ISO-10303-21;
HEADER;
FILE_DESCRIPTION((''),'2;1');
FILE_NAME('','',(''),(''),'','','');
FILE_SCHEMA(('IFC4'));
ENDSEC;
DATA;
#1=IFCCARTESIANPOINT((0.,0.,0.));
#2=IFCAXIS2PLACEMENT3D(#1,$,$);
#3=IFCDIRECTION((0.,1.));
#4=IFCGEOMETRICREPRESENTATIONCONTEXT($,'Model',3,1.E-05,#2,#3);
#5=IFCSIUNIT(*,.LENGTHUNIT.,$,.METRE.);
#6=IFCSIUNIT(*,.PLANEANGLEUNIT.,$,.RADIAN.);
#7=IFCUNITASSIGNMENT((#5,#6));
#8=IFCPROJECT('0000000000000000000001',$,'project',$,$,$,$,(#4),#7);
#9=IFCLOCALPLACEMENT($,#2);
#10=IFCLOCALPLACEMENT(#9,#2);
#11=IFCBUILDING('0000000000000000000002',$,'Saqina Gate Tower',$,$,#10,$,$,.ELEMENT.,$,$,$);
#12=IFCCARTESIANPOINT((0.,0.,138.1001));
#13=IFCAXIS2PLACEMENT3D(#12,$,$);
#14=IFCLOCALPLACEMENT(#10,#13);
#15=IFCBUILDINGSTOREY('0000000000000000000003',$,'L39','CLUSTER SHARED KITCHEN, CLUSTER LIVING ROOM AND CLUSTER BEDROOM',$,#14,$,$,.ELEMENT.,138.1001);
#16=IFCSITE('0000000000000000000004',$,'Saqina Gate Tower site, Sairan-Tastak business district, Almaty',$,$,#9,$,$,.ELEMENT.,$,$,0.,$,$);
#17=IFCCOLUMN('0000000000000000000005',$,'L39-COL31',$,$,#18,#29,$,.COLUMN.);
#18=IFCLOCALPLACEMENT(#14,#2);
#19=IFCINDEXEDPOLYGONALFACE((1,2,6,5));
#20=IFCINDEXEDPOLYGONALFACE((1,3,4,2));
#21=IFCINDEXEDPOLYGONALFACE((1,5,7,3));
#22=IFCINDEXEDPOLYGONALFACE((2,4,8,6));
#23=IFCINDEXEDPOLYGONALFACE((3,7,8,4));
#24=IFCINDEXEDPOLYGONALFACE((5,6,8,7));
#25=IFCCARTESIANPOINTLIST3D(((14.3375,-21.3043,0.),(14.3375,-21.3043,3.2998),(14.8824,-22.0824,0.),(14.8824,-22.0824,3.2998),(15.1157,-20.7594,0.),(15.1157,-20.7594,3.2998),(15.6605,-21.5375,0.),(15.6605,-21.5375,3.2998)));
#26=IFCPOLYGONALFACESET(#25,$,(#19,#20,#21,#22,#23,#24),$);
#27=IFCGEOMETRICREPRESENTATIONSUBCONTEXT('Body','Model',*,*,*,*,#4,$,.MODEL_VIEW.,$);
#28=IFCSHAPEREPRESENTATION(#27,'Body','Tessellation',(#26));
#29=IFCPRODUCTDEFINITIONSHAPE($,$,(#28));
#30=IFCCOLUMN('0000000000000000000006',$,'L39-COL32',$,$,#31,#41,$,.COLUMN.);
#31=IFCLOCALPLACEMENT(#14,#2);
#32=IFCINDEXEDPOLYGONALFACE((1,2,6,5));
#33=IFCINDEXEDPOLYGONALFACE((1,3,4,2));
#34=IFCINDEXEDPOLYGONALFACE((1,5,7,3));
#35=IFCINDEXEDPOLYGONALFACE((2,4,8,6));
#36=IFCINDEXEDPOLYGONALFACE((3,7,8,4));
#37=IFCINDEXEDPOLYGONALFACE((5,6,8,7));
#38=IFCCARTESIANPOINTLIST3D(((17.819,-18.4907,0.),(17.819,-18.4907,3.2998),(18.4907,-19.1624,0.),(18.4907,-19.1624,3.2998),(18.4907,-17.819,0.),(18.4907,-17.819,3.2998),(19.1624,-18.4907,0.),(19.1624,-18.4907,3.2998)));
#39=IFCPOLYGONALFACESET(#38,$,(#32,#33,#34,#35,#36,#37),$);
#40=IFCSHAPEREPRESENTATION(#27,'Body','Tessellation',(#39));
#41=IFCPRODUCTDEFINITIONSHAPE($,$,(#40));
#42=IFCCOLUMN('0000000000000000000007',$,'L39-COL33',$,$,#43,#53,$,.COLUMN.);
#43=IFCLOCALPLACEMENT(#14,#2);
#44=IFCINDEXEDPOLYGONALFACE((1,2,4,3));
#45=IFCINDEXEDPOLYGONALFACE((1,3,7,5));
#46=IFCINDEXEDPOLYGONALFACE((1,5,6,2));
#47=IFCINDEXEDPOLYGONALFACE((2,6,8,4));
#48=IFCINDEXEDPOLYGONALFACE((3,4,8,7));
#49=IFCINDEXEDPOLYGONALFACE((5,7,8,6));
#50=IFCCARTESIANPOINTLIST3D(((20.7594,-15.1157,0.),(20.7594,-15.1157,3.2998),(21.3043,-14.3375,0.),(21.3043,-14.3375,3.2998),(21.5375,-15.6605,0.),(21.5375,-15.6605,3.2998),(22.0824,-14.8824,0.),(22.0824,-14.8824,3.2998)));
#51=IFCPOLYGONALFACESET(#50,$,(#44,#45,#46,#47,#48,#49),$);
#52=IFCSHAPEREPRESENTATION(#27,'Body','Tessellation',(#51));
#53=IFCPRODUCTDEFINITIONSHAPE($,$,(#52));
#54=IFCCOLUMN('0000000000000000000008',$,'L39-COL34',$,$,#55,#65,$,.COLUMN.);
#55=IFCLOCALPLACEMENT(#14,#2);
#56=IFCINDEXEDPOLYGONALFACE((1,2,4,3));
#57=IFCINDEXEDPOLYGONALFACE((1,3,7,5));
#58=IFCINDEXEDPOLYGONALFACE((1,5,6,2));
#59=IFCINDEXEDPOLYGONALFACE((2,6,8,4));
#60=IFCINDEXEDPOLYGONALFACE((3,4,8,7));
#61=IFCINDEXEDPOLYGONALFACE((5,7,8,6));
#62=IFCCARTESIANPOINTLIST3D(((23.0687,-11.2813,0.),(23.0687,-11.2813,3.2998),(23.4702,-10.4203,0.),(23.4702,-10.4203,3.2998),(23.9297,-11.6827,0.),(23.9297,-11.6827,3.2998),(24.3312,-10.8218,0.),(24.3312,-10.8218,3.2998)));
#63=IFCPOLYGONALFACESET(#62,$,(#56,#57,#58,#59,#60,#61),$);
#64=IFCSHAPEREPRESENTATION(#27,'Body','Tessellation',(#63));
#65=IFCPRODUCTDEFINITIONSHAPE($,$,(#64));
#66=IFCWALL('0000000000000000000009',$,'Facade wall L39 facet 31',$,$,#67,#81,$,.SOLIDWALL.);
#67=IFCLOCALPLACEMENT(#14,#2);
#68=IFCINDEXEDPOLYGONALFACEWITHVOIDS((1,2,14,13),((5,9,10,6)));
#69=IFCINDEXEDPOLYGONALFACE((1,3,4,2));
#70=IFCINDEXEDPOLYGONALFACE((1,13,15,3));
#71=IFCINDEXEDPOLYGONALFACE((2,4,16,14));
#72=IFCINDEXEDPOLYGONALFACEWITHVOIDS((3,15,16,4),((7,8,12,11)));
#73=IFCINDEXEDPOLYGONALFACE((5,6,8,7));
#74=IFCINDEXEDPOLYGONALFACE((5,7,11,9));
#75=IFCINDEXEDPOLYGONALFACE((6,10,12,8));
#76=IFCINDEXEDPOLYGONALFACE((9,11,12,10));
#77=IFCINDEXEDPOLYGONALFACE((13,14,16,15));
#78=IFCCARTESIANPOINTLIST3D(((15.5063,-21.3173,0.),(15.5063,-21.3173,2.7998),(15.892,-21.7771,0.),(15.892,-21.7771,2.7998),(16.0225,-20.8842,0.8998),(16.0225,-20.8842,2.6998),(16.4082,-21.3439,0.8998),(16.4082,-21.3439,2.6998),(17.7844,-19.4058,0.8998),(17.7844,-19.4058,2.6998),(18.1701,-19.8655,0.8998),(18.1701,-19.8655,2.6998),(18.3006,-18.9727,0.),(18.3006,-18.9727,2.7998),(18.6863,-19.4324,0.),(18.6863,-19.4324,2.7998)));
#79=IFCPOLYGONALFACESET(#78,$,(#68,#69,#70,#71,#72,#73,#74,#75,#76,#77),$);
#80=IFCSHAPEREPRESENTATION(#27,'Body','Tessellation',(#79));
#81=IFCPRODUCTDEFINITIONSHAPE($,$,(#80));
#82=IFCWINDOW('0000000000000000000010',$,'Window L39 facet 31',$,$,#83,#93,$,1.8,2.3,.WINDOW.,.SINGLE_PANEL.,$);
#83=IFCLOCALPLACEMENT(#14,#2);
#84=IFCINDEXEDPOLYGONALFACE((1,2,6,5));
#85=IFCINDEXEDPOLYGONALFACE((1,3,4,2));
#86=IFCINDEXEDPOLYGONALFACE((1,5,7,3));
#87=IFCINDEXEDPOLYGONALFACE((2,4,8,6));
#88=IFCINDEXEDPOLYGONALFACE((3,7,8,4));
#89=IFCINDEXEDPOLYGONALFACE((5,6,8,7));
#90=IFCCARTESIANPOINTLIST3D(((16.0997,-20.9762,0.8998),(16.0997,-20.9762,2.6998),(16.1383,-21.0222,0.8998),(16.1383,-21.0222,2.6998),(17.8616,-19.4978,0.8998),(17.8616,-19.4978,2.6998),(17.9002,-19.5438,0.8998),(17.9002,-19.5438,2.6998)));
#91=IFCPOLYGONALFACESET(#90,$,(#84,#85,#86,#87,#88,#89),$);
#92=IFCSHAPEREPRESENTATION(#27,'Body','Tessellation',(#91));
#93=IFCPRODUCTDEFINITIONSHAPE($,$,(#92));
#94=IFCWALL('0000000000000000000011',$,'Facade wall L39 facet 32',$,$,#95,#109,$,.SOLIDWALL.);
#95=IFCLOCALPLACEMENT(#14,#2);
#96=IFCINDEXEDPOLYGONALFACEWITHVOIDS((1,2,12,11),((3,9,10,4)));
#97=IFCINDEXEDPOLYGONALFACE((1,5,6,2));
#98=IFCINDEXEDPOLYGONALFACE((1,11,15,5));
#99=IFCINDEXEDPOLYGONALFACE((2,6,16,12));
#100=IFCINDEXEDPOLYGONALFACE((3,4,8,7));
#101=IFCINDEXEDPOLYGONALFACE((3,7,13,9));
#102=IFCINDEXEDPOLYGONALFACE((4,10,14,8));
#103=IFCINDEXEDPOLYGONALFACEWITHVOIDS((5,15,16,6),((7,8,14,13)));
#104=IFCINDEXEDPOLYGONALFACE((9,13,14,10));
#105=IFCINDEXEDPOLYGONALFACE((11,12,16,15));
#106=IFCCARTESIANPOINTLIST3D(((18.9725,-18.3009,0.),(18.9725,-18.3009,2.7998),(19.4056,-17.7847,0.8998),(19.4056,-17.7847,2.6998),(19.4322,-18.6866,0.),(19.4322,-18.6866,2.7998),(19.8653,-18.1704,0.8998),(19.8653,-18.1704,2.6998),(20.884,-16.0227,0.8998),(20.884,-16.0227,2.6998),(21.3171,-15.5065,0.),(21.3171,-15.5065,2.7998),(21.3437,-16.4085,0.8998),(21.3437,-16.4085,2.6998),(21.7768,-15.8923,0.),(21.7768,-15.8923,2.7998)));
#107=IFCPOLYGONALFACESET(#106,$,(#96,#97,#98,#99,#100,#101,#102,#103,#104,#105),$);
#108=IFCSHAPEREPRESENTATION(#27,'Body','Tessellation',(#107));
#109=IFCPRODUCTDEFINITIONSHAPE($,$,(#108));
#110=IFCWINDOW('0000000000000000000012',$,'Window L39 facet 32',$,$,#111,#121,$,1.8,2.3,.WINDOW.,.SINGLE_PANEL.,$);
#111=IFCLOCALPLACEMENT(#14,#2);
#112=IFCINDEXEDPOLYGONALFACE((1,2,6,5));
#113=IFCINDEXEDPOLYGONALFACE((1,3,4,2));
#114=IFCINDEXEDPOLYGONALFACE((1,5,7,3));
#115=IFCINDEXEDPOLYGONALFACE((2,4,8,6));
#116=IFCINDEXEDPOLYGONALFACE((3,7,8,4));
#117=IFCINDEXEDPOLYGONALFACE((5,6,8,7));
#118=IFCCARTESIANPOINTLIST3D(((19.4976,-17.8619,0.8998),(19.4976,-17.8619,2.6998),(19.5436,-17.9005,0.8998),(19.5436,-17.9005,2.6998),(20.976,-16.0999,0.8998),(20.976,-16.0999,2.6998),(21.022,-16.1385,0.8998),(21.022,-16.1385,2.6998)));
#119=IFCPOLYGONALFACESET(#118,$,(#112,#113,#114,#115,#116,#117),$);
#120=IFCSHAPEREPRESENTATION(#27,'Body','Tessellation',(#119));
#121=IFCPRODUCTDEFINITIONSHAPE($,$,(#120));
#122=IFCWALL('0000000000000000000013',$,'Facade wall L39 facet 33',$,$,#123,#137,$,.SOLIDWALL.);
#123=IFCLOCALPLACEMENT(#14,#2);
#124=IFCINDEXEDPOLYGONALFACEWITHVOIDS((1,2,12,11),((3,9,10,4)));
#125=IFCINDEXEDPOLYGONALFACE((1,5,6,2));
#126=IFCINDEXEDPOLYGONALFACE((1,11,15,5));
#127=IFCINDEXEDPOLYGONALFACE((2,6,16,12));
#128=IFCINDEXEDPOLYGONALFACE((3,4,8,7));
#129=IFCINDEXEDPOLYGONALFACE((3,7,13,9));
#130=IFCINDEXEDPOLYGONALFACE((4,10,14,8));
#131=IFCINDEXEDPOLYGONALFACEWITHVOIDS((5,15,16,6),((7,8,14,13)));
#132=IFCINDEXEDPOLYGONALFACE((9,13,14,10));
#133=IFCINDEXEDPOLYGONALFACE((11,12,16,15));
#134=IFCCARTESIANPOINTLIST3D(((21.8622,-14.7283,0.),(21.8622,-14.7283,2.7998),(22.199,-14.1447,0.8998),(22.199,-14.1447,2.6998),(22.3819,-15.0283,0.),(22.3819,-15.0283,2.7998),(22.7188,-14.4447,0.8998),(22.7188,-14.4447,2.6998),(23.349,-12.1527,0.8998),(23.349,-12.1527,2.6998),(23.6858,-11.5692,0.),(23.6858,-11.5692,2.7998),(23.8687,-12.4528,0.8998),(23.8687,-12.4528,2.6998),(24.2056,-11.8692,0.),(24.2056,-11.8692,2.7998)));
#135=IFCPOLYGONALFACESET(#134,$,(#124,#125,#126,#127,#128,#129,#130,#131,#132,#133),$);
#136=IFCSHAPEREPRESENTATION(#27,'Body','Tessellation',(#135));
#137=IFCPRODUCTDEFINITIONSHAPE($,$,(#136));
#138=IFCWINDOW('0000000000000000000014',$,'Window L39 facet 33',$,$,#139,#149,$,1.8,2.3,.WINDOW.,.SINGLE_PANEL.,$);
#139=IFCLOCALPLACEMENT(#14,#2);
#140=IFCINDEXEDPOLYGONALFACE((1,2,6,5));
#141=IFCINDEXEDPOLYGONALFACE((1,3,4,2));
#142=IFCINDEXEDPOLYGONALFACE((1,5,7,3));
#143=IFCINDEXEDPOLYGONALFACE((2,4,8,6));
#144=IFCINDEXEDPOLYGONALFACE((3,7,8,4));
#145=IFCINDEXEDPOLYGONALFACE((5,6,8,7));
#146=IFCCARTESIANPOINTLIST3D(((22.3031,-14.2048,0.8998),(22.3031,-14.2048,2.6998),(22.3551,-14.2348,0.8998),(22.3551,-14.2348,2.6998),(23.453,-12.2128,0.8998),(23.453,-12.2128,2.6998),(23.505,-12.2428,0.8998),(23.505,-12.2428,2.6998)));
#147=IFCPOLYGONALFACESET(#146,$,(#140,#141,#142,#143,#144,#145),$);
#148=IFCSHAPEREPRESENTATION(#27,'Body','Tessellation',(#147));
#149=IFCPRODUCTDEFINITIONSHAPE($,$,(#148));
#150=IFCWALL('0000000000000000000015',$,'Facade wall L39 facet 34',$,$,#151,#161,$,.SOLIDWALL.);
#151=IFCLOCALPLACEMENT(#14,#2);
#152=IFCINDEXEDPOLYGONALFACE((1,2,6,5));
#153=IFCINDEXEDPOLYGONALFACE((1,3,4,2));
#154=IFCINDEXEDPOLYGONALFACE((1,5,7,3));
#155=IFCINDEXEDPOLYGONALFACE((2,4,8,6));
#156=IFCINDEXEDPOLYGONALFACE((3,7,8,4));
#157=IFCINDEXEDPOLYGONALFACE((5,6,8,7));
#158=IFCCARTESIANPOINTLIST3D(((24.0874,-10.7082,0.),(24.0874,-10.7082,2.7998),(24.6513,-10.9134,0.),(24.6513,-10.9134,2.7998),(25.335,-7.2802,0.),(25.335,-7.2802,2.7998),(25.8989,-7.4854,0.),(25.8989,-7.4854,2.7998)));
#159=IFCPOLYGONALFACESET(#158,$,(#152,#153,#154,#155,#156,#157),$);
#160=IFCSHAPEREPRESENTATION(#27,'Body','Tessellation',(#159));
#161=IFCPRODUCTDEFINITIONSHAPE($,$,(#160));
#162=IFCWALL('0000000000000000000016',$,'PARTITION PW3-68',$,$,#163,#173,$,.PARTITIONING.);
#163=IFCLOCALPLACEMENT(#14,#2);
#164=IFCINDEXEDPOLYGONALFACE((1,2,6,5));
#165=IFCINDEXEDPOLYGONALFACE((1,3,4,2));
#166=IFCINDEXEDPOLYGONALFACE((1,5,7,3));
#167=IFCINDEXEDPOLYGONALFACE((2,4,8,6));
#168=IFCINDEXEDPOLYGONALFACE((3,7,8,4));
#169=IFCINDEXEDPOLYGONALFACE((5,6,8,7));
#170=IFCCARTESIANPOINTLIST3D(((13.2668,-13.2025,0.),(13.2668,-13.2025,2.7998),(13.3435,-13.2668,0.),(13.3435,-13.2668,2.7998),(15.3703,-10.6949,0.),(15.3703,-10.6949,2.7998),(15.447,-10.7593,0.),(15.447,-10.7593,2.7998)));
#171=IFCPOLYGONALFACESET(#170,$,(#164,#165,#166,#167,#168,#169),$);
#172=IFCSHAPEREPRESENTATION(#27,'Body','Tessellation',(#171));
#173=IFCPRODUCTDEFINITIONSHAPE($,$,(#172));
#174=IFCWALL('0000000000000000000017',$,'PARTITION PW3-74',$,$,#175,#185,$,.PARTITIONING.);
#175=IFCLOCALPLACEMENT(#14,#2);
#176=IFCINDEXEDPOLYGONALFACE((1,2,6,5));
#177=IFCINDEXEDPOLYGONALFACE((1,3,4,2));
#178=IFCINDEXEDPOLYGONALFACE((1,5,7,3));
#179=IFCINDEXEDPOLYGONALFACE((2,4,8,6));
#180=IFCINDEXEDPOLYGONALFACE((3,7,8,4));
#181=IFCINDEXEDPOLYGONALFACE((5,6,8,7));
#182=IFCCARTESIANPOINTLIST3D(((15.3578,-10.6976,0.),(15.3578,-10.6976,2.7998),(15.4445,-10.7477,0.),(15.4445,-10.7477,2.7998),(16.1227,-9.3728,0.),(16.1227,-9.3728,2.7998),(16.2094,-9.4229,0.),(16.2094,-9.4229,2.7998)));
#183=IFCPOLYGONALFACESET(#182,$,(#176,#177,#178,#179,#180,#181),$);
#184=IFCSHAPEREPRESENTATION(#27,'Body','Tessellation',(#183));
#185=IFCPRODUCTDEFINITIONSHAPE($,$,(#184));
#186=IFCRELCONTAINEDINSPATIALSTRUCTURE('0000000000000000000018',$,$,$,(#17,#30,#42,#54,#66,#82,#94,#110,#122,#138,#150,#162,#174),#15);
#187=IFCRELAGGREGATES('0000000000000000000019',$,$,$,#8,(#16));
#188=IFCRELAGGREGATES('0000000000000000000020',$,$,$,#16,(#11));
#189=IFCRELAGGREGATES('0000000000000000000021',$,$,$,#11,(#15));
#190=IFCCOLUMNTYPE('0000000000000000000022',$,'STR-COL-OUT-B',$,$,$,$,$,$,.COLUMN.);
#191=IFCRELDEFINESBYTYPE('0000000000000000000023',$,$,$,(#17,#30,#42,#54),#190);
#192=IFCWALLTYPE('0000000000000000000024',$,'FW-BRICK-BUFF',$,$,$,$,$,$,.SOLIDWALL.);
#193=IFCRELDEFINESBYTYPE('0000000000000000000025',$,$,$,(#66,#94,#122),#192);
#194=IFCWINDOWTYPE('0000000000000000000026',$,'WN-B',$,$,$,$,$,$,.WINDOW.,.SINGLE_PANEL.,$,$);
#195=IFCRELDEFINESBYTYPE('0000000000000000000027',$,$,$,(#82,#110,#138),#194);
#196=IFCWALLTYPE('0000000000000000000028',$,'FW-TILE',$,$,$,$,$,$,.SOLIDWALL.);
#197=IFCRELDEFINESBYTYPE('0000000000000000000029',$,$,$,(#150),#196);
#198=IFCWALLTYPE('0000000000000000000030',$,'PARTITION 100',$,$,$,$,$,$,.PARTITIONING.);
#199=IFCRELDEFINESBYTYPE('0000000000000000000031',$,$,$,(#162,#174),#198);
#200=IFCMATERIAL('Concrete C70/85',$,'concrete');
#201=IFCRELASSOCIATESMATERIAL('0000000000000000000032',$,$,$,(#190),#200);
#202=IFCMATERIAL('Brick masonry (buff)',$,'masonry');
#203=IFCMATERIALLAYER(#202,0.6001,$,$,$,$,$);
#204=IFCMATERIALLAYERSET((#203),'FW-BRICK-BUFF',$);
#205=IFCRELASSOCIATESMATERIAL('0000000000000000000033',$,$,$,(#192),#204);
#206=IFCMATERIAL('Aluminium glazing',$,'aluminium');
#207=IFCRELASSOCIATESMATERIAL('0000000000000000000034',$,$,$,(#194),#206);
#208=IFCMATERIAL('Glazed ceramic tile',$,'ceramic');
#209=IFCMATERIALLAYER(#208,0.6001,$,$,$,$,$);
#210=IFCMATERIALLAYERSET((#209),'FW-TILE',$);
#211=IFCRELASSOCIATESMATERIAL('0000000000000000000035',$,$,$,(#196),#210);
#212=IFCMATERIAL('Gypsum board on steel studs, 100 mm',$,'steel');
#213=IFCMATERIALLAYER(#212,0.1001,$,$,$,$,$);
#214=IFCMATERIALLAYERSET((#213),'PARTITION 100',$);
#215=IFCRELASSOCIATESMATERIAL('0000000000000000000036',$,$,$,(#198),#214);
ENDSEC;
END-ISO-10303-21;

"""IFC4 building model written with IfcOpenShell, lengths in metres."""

from ifc_helpers import new_model, si_unit, direction, frame, frame_2d, origin, origin_2d, place, context, subcontext, project, spatial, rectangle, extrude, material, layer, layer_set, material_profile, profile_set, type_object, element, fill, save


model = new_model("IFC4")

# Units and contexts
model_context = context("Model", 3, precision=1e-05, world=origin(), true_north=direction((0.0, 1.0)))
body_context = subcontext(model_context, "Body", "Model", "MODEL_VIEW")
ifc_project = project(units=[si_unit("LENGTHUNIT", "METRE"), si_unit("PLANEANGLEUNIT", "RADIAN")], contexts=[model_context])

# Site, building, storey
site_placement = place(None, origin())
site = spatial("IfcSite", under=ifc_project, at=site_placement, Name="Saqina Gate Tower site, Sairan-Tastak business district, Almaty", CompositionType="ELEMENT", RefElevation=0.0)
building_placement = place(site_placement, origin())
building = spatial("IfcBuilding", under=site, at=building_placement, Name="Saqina Gate Tower", CompositionType="ELEMENT")
storey_placement = place(building_placement, frame((0.0, 0.0, 138.1001)))
storey = spatial("IfcBuildingStorey", under=building, at=storey_placement, Name="L39", Description="CLUSTER SHARED KITCHEN, CLUSTER LIVING ROOM AND CLUSTER BEDROOM", CompositionType="ELEMENT", Elevation=138.1001)

# Columns
ifc_material_1 = material(Name="Concrete C70/85", Category="concrete")
ifc_material_profile = material_profile(ifc_material_1, rectangle(XDim=0.95, YDim=0.95, at=origin_2d()), Name="RC 950x950")
ifc_profile_set = profile_set([ifc_material_profile], Name="Concrete C70/85")
column_type = type_object("IfcColumnType", Name="STR-COL-OUT-B", PredefinedType="COLUMN", material=ifc_profile_set)
for number, where, z_axis, x_axis, name in (
    (1, (14.999, -21.4209, 0.0), (0.0, 0.0, 1.0), (0.573576, -0.819152, 0.0), "L39-COL31"),
    (2, (18.4907, -18.4907, 0.0), (0.0, 0.0, 1.0), (0.707107, -0.707107, 0.0), "L39-COL32"),
    (3, (21.4209, -14.999, 0.0), (0.0, 0.0, 1.0), (0.819152, -0.573576, 0.0), "L39-COL33"),
    (4, (23.7, -11.0515, 0.0), (0.0, 0.0, 1.0), (0.906308, -0.422618, 0.0), "L39-COL34"),
):
    element("IfcColumn", number, at=place(storey_placement, frame(where, z_axis=z_axis, x_axis=x_axis)), inside=storey, type_object=column_type, Name=name, PredefinedType="COLUMN", context=body_context, shape_type="SweptSolid", body=[
        extrude(rectangle(XDim=0.95, YDim=0.95, at=origin_2d()), origin(), (0.0, 0.0, 1.0), 3.2998),
    ])

# Walls, openings, windows
ifc_material_2 = material(Name="Brick masonry (buff)", Category="masonry")
ifc_layer_1 = layer(ifc_material_2, 0.6001)
ifc_layer_set_1 = layer_set([ifc_layer_1], Name="FW-BRICK-BUFF")
wall_type_1 = type_object("IfcWallType", Name="FW-BRICK-BUFF", PredefinedType="SOLIDWALL", material=ifc_layer_set_1)
wall_1_placement = place(storey_placement, frame((15.6992, -21.5471, 0.0), z_axis=(0.0, 0.0, 1.0), x_axis=(0.766055, 0.642774, 0.0)))
wall_1 = element("IfcWall", 5, at=wall_1_placement, inside=storey, type_object=wall_type_1, Name="Facade wall L39 facet 31", PredefinedType="SOLIDWALL", context=body_context, shape_type="SweptSolid", body=[
    extrude(rectangle(XDim=3.6477, YDim=0.6001, at=frame_2d((1.8237, 0.0))), origin(), (0.0, 0.0, 1.0), 2.7998),
])
opening_1_placement = place(wall_1_placement, frame((0.6738, 0.0, 0.8999)))
opening_1 = element("IfcOpeningElement", 6, at=opening_1_placement, cuts=wall_1, PredefinedType="OPENING", context=body_context, shape_type="SweptSolid", body=[
    extrude(rectangle(XDim=2.3, YDim=1.8, at=frame_2d((1.1499, 0.8999))), frame((0.0, 0.312, 0.0), z_axis=(0.0, -1.0, 0.0), x_axis=(1.0, 0.0, 0.0)), (0.0, 0.0, 1.0), 0.624),
])
ifc_material_3 = material(Name="Aluminium glazing", Category="aluminium")
window_type = type_object("IfcWindowType", Name="WN-B", PartitioningType="SINGLE_PANEL", PredefinedType="WINDOW", material=ifc_material_3)
window_1_placement = place(opening_1_placement, origin())
window_1 = element("IfcWindow", 7, at=window_1_placement, inside=storey, type_object=window_type, Name="Window L39 facet 31", OverallHeight=1.8, OverallWidth=2.3, PartitioningType="SINGLE_PANEL", PredefinedType="WINDOW", context=body_context, shape_type="SweptSolid", body=[
    extrude(rectangle(XDim=2.3, YDim=1.8, at=frame_2d((1.1499, 0.8999))), frame((0.0, 0.1799, 0.0), z_axis=(0.0, -1.0, 0.0), x_axis=(1.0, 0.0, 0.0)), (0.0, 0.0, 1.0), 0.0601),
])
fill(opening_1, window_1)
wall_2_placement = place(storey_placement, frame((19.2024, -18.4937, 0.0), z_axis=(0.0, 0.0, 1.0), x_axis=(0.642774, 0.766055, 0.0)))
wall_2 = element("IfcWall", 8, at=wall_2_placement, inside=storey, type_object=wall_type_1, Name="Facade wall L39 facet 32", PredefinedType="SOLIDWALL", context=body_context, shape_type="SweptSolid", body=[
    extrude(rectangle(XDim=3.6477, YDim=0.6001, at=frame_2d((1.8237, 0.0))), origin(), (0.0, 0.0, 1.0), 2.7998),
])
opening_2_placement = place(wall_2_placement, frame((0.6738, 0.0, 0.8999)))
opening_2 = element("IfcOpeningElement", 9, at=opening_2_placement, cuts=wall_2, PredefinedType="OPENING", context=body_context, shape_type="SweptSolid", body=[
    extrude(rectangle(XDim=2.3, YDim=1.8, at=frame_2d((1.1499, 0.8999))), frame((0.0, 0.312, 0.0), z_axis=(0.0, -1.0, 0.0), x_axis=(1.0, 0.0, 0.0)), (0.0, 0.0, 1.0), 0.624),
])
window_2_placement = place(opening_2_placement, origin())
window_2 = element("IfcWindow", 10, at=window_2_placement, inside=storey, type_object=window_type, Name="Window L39 facet 32", OverallHeight=1.8, OverallWidth=2.3, PartitioningType="SINGLE_PANEL", PredefinedType="WINDOW", context=body_context, shape_type="SweptSolid", body=[
    extrude(rectangle(XDim=2.3, YDim=1.8, at=frame_2d((1.1499, 0.8999))), frame((0.0, 0.1799, 0.0), z_axis=(0.0, -1.0, 0.0), x_axis=(1.0, 0.0, 0.0)), (0.0, 0.0, 1.0), 0.0601),
])
fill(opening_2, window_2)
wall_3_placement = place(storey_placement, frame((22.1221, -14.8782, 0.0), z_axis=(0.0, 0.0, 1.0), x_axis=(0.499954, 0.866052, 0.0)))
wall_3 = element("IfcWall", 11, at=wall_3_placement, inside=storey, type_object=wall_type_1, Name="Facade wall L39 facet 33", PredefinedType="SOLIDWALL", context=body_context, shape_type="SweptSolid", body=[
    extrude(rectangle(XDim=3.6477, YDim=0.6001, at=frame_2d((1.8237, 0.0))), origin(), (0.0, 0.0, 1.0), 2.7998),
])
opening_3_placement = place(wall_3_placement, frame((0.6738, 0.0, 0.8999)))
opening_3 = element("IfcOpeningElement", 12, at=opening_3_placement, cuts=wall_3, PredefinedType="OPENING", context=body_context, shape_type="SweptSolid", body=[
    extrude(rectangle(XDim=2.3, YDim=1.8, at=frame_2d((1.1499, 0.8999))), frame((0.0, 0.312, 0.0), z_axis=(0.0, -1.0, 0.0), x_axis=(1.0, 0.0, 0.0)), (0.0, 0.0, 1.0), 0.624),
])
window_3_placement = place(opening_3_placement, origin())
window_3 = element("IfcWindow", 13, at=window_3_placement, inside=storey, type_object=window_type, Name="Window L39 facet 33", OverallHeight=1.8, OverallWidth=2.3, PartitioningType="SINGLE_PANEL", PredefinedType="WINDOW", context=body_context, shape_type="SweptSolid", body=[
    extrude(rectangle(XDim=2.3, YDim=1.8, at=frame_2d((1.1499, 0.8999))), frame((0.0, 0.1799, 0.0), z_axis=(0.0, -1.0, 0.0), x_axis=(1.0, 0.0, 0.0)), (0.0, 0.0, 1.0), 0.0601),
])
fill(opening_3, window_3)

# Walls
ifc_material_4 = material(Name="Glazed ceramic tile", Category="ceramic")
ifc_layer_2 = layer(ifc_material_4, 0.6001)
ifc_layer_set_2 = layer_set([ifc_layer_2], Name="FW-TILE")
wall_type_2 = type_object("IfcWallType", Name="FW-TILE", PredefinedType="SOLIDWALL", material=ifc_layer_set_2)
wall_4_placement = place(storey_placement, frame((24.3694, -10.8108, 0.0), z_axis=(0.0, 0.0, 1.0), x_axis=(0.34199, 0.939704, 0.0)))
element("IfcWall", 14, at=wall_4_placement, inside=storey, type_object=wall_type_2, Name="Facade wall L39 facet 34", PredefinedType="SOLIDWALL", context=body_context, shape_type="SweptSolid", body=[
    extrude(rectangle(XDim=3.6479, YDim=0.6001, at=frame_2d((1.824, 0.0))), origin(), (0.0, 0.0, 1.0), 2.7998),
])
ifc_material_5 = material(Name="Gypsum board on steel studs, 100 mm", Category="steel")
ifc_layer_3 = layer(ifc_material_5, 0.1001)
ifc_layer_set_3 = layer_set([ifc_layer_3], Name="PARTITION 100")
wall_type_3 = type_object("IfcWallType", Name="PARTITION 100", PredefinedType="PARTITIONING", material=ifc_layer_set_3)
wall_5_placement = place(storey_placement, frame((13.3052, -13.2346, 0.0), z_axis=(0.0, 0.0, 1.0), x_axis=(0.642683, 0.766132, 0.0)))
element("IfcWall", 15, at=wall_5_placement, inside=storey, type_object=wall_type_3, Name="PARTITION PW3-68", PredefinedType="PARTITIONING", context=body_context, shape_type="SweptSolid", body=[
    extrude(rectangle(XDim=3.2729, YDim=0.1001, at=frame_2d((1.6365, 0.0))), origin(), (0.0, 0.0, 1.0), 2.7998),
])
wall_6_placement = place(storey_placement, frame((15.4011, -10.7227, 0.0), z_axis=(0.0, 0.0, 1.0), x_axis=(0.500036, 0.866005, 0.0)))
element("IfcWall", 16, at=wall_6_placement, inside=storey, type_object=wall_type_3, Name="PARTITION PW3-74", PredefinedType="PARTITIONING", context=body_context, shape_type="SweptSolid", body=[
    extrude(rectangle(XDim=1.5298, YDim=0.1001, at=frame_2d((0.7649, 0.0))), origin(), (0.0, 0.0, 1.0), 2.7998),
])

save(model, "model.ifc")
